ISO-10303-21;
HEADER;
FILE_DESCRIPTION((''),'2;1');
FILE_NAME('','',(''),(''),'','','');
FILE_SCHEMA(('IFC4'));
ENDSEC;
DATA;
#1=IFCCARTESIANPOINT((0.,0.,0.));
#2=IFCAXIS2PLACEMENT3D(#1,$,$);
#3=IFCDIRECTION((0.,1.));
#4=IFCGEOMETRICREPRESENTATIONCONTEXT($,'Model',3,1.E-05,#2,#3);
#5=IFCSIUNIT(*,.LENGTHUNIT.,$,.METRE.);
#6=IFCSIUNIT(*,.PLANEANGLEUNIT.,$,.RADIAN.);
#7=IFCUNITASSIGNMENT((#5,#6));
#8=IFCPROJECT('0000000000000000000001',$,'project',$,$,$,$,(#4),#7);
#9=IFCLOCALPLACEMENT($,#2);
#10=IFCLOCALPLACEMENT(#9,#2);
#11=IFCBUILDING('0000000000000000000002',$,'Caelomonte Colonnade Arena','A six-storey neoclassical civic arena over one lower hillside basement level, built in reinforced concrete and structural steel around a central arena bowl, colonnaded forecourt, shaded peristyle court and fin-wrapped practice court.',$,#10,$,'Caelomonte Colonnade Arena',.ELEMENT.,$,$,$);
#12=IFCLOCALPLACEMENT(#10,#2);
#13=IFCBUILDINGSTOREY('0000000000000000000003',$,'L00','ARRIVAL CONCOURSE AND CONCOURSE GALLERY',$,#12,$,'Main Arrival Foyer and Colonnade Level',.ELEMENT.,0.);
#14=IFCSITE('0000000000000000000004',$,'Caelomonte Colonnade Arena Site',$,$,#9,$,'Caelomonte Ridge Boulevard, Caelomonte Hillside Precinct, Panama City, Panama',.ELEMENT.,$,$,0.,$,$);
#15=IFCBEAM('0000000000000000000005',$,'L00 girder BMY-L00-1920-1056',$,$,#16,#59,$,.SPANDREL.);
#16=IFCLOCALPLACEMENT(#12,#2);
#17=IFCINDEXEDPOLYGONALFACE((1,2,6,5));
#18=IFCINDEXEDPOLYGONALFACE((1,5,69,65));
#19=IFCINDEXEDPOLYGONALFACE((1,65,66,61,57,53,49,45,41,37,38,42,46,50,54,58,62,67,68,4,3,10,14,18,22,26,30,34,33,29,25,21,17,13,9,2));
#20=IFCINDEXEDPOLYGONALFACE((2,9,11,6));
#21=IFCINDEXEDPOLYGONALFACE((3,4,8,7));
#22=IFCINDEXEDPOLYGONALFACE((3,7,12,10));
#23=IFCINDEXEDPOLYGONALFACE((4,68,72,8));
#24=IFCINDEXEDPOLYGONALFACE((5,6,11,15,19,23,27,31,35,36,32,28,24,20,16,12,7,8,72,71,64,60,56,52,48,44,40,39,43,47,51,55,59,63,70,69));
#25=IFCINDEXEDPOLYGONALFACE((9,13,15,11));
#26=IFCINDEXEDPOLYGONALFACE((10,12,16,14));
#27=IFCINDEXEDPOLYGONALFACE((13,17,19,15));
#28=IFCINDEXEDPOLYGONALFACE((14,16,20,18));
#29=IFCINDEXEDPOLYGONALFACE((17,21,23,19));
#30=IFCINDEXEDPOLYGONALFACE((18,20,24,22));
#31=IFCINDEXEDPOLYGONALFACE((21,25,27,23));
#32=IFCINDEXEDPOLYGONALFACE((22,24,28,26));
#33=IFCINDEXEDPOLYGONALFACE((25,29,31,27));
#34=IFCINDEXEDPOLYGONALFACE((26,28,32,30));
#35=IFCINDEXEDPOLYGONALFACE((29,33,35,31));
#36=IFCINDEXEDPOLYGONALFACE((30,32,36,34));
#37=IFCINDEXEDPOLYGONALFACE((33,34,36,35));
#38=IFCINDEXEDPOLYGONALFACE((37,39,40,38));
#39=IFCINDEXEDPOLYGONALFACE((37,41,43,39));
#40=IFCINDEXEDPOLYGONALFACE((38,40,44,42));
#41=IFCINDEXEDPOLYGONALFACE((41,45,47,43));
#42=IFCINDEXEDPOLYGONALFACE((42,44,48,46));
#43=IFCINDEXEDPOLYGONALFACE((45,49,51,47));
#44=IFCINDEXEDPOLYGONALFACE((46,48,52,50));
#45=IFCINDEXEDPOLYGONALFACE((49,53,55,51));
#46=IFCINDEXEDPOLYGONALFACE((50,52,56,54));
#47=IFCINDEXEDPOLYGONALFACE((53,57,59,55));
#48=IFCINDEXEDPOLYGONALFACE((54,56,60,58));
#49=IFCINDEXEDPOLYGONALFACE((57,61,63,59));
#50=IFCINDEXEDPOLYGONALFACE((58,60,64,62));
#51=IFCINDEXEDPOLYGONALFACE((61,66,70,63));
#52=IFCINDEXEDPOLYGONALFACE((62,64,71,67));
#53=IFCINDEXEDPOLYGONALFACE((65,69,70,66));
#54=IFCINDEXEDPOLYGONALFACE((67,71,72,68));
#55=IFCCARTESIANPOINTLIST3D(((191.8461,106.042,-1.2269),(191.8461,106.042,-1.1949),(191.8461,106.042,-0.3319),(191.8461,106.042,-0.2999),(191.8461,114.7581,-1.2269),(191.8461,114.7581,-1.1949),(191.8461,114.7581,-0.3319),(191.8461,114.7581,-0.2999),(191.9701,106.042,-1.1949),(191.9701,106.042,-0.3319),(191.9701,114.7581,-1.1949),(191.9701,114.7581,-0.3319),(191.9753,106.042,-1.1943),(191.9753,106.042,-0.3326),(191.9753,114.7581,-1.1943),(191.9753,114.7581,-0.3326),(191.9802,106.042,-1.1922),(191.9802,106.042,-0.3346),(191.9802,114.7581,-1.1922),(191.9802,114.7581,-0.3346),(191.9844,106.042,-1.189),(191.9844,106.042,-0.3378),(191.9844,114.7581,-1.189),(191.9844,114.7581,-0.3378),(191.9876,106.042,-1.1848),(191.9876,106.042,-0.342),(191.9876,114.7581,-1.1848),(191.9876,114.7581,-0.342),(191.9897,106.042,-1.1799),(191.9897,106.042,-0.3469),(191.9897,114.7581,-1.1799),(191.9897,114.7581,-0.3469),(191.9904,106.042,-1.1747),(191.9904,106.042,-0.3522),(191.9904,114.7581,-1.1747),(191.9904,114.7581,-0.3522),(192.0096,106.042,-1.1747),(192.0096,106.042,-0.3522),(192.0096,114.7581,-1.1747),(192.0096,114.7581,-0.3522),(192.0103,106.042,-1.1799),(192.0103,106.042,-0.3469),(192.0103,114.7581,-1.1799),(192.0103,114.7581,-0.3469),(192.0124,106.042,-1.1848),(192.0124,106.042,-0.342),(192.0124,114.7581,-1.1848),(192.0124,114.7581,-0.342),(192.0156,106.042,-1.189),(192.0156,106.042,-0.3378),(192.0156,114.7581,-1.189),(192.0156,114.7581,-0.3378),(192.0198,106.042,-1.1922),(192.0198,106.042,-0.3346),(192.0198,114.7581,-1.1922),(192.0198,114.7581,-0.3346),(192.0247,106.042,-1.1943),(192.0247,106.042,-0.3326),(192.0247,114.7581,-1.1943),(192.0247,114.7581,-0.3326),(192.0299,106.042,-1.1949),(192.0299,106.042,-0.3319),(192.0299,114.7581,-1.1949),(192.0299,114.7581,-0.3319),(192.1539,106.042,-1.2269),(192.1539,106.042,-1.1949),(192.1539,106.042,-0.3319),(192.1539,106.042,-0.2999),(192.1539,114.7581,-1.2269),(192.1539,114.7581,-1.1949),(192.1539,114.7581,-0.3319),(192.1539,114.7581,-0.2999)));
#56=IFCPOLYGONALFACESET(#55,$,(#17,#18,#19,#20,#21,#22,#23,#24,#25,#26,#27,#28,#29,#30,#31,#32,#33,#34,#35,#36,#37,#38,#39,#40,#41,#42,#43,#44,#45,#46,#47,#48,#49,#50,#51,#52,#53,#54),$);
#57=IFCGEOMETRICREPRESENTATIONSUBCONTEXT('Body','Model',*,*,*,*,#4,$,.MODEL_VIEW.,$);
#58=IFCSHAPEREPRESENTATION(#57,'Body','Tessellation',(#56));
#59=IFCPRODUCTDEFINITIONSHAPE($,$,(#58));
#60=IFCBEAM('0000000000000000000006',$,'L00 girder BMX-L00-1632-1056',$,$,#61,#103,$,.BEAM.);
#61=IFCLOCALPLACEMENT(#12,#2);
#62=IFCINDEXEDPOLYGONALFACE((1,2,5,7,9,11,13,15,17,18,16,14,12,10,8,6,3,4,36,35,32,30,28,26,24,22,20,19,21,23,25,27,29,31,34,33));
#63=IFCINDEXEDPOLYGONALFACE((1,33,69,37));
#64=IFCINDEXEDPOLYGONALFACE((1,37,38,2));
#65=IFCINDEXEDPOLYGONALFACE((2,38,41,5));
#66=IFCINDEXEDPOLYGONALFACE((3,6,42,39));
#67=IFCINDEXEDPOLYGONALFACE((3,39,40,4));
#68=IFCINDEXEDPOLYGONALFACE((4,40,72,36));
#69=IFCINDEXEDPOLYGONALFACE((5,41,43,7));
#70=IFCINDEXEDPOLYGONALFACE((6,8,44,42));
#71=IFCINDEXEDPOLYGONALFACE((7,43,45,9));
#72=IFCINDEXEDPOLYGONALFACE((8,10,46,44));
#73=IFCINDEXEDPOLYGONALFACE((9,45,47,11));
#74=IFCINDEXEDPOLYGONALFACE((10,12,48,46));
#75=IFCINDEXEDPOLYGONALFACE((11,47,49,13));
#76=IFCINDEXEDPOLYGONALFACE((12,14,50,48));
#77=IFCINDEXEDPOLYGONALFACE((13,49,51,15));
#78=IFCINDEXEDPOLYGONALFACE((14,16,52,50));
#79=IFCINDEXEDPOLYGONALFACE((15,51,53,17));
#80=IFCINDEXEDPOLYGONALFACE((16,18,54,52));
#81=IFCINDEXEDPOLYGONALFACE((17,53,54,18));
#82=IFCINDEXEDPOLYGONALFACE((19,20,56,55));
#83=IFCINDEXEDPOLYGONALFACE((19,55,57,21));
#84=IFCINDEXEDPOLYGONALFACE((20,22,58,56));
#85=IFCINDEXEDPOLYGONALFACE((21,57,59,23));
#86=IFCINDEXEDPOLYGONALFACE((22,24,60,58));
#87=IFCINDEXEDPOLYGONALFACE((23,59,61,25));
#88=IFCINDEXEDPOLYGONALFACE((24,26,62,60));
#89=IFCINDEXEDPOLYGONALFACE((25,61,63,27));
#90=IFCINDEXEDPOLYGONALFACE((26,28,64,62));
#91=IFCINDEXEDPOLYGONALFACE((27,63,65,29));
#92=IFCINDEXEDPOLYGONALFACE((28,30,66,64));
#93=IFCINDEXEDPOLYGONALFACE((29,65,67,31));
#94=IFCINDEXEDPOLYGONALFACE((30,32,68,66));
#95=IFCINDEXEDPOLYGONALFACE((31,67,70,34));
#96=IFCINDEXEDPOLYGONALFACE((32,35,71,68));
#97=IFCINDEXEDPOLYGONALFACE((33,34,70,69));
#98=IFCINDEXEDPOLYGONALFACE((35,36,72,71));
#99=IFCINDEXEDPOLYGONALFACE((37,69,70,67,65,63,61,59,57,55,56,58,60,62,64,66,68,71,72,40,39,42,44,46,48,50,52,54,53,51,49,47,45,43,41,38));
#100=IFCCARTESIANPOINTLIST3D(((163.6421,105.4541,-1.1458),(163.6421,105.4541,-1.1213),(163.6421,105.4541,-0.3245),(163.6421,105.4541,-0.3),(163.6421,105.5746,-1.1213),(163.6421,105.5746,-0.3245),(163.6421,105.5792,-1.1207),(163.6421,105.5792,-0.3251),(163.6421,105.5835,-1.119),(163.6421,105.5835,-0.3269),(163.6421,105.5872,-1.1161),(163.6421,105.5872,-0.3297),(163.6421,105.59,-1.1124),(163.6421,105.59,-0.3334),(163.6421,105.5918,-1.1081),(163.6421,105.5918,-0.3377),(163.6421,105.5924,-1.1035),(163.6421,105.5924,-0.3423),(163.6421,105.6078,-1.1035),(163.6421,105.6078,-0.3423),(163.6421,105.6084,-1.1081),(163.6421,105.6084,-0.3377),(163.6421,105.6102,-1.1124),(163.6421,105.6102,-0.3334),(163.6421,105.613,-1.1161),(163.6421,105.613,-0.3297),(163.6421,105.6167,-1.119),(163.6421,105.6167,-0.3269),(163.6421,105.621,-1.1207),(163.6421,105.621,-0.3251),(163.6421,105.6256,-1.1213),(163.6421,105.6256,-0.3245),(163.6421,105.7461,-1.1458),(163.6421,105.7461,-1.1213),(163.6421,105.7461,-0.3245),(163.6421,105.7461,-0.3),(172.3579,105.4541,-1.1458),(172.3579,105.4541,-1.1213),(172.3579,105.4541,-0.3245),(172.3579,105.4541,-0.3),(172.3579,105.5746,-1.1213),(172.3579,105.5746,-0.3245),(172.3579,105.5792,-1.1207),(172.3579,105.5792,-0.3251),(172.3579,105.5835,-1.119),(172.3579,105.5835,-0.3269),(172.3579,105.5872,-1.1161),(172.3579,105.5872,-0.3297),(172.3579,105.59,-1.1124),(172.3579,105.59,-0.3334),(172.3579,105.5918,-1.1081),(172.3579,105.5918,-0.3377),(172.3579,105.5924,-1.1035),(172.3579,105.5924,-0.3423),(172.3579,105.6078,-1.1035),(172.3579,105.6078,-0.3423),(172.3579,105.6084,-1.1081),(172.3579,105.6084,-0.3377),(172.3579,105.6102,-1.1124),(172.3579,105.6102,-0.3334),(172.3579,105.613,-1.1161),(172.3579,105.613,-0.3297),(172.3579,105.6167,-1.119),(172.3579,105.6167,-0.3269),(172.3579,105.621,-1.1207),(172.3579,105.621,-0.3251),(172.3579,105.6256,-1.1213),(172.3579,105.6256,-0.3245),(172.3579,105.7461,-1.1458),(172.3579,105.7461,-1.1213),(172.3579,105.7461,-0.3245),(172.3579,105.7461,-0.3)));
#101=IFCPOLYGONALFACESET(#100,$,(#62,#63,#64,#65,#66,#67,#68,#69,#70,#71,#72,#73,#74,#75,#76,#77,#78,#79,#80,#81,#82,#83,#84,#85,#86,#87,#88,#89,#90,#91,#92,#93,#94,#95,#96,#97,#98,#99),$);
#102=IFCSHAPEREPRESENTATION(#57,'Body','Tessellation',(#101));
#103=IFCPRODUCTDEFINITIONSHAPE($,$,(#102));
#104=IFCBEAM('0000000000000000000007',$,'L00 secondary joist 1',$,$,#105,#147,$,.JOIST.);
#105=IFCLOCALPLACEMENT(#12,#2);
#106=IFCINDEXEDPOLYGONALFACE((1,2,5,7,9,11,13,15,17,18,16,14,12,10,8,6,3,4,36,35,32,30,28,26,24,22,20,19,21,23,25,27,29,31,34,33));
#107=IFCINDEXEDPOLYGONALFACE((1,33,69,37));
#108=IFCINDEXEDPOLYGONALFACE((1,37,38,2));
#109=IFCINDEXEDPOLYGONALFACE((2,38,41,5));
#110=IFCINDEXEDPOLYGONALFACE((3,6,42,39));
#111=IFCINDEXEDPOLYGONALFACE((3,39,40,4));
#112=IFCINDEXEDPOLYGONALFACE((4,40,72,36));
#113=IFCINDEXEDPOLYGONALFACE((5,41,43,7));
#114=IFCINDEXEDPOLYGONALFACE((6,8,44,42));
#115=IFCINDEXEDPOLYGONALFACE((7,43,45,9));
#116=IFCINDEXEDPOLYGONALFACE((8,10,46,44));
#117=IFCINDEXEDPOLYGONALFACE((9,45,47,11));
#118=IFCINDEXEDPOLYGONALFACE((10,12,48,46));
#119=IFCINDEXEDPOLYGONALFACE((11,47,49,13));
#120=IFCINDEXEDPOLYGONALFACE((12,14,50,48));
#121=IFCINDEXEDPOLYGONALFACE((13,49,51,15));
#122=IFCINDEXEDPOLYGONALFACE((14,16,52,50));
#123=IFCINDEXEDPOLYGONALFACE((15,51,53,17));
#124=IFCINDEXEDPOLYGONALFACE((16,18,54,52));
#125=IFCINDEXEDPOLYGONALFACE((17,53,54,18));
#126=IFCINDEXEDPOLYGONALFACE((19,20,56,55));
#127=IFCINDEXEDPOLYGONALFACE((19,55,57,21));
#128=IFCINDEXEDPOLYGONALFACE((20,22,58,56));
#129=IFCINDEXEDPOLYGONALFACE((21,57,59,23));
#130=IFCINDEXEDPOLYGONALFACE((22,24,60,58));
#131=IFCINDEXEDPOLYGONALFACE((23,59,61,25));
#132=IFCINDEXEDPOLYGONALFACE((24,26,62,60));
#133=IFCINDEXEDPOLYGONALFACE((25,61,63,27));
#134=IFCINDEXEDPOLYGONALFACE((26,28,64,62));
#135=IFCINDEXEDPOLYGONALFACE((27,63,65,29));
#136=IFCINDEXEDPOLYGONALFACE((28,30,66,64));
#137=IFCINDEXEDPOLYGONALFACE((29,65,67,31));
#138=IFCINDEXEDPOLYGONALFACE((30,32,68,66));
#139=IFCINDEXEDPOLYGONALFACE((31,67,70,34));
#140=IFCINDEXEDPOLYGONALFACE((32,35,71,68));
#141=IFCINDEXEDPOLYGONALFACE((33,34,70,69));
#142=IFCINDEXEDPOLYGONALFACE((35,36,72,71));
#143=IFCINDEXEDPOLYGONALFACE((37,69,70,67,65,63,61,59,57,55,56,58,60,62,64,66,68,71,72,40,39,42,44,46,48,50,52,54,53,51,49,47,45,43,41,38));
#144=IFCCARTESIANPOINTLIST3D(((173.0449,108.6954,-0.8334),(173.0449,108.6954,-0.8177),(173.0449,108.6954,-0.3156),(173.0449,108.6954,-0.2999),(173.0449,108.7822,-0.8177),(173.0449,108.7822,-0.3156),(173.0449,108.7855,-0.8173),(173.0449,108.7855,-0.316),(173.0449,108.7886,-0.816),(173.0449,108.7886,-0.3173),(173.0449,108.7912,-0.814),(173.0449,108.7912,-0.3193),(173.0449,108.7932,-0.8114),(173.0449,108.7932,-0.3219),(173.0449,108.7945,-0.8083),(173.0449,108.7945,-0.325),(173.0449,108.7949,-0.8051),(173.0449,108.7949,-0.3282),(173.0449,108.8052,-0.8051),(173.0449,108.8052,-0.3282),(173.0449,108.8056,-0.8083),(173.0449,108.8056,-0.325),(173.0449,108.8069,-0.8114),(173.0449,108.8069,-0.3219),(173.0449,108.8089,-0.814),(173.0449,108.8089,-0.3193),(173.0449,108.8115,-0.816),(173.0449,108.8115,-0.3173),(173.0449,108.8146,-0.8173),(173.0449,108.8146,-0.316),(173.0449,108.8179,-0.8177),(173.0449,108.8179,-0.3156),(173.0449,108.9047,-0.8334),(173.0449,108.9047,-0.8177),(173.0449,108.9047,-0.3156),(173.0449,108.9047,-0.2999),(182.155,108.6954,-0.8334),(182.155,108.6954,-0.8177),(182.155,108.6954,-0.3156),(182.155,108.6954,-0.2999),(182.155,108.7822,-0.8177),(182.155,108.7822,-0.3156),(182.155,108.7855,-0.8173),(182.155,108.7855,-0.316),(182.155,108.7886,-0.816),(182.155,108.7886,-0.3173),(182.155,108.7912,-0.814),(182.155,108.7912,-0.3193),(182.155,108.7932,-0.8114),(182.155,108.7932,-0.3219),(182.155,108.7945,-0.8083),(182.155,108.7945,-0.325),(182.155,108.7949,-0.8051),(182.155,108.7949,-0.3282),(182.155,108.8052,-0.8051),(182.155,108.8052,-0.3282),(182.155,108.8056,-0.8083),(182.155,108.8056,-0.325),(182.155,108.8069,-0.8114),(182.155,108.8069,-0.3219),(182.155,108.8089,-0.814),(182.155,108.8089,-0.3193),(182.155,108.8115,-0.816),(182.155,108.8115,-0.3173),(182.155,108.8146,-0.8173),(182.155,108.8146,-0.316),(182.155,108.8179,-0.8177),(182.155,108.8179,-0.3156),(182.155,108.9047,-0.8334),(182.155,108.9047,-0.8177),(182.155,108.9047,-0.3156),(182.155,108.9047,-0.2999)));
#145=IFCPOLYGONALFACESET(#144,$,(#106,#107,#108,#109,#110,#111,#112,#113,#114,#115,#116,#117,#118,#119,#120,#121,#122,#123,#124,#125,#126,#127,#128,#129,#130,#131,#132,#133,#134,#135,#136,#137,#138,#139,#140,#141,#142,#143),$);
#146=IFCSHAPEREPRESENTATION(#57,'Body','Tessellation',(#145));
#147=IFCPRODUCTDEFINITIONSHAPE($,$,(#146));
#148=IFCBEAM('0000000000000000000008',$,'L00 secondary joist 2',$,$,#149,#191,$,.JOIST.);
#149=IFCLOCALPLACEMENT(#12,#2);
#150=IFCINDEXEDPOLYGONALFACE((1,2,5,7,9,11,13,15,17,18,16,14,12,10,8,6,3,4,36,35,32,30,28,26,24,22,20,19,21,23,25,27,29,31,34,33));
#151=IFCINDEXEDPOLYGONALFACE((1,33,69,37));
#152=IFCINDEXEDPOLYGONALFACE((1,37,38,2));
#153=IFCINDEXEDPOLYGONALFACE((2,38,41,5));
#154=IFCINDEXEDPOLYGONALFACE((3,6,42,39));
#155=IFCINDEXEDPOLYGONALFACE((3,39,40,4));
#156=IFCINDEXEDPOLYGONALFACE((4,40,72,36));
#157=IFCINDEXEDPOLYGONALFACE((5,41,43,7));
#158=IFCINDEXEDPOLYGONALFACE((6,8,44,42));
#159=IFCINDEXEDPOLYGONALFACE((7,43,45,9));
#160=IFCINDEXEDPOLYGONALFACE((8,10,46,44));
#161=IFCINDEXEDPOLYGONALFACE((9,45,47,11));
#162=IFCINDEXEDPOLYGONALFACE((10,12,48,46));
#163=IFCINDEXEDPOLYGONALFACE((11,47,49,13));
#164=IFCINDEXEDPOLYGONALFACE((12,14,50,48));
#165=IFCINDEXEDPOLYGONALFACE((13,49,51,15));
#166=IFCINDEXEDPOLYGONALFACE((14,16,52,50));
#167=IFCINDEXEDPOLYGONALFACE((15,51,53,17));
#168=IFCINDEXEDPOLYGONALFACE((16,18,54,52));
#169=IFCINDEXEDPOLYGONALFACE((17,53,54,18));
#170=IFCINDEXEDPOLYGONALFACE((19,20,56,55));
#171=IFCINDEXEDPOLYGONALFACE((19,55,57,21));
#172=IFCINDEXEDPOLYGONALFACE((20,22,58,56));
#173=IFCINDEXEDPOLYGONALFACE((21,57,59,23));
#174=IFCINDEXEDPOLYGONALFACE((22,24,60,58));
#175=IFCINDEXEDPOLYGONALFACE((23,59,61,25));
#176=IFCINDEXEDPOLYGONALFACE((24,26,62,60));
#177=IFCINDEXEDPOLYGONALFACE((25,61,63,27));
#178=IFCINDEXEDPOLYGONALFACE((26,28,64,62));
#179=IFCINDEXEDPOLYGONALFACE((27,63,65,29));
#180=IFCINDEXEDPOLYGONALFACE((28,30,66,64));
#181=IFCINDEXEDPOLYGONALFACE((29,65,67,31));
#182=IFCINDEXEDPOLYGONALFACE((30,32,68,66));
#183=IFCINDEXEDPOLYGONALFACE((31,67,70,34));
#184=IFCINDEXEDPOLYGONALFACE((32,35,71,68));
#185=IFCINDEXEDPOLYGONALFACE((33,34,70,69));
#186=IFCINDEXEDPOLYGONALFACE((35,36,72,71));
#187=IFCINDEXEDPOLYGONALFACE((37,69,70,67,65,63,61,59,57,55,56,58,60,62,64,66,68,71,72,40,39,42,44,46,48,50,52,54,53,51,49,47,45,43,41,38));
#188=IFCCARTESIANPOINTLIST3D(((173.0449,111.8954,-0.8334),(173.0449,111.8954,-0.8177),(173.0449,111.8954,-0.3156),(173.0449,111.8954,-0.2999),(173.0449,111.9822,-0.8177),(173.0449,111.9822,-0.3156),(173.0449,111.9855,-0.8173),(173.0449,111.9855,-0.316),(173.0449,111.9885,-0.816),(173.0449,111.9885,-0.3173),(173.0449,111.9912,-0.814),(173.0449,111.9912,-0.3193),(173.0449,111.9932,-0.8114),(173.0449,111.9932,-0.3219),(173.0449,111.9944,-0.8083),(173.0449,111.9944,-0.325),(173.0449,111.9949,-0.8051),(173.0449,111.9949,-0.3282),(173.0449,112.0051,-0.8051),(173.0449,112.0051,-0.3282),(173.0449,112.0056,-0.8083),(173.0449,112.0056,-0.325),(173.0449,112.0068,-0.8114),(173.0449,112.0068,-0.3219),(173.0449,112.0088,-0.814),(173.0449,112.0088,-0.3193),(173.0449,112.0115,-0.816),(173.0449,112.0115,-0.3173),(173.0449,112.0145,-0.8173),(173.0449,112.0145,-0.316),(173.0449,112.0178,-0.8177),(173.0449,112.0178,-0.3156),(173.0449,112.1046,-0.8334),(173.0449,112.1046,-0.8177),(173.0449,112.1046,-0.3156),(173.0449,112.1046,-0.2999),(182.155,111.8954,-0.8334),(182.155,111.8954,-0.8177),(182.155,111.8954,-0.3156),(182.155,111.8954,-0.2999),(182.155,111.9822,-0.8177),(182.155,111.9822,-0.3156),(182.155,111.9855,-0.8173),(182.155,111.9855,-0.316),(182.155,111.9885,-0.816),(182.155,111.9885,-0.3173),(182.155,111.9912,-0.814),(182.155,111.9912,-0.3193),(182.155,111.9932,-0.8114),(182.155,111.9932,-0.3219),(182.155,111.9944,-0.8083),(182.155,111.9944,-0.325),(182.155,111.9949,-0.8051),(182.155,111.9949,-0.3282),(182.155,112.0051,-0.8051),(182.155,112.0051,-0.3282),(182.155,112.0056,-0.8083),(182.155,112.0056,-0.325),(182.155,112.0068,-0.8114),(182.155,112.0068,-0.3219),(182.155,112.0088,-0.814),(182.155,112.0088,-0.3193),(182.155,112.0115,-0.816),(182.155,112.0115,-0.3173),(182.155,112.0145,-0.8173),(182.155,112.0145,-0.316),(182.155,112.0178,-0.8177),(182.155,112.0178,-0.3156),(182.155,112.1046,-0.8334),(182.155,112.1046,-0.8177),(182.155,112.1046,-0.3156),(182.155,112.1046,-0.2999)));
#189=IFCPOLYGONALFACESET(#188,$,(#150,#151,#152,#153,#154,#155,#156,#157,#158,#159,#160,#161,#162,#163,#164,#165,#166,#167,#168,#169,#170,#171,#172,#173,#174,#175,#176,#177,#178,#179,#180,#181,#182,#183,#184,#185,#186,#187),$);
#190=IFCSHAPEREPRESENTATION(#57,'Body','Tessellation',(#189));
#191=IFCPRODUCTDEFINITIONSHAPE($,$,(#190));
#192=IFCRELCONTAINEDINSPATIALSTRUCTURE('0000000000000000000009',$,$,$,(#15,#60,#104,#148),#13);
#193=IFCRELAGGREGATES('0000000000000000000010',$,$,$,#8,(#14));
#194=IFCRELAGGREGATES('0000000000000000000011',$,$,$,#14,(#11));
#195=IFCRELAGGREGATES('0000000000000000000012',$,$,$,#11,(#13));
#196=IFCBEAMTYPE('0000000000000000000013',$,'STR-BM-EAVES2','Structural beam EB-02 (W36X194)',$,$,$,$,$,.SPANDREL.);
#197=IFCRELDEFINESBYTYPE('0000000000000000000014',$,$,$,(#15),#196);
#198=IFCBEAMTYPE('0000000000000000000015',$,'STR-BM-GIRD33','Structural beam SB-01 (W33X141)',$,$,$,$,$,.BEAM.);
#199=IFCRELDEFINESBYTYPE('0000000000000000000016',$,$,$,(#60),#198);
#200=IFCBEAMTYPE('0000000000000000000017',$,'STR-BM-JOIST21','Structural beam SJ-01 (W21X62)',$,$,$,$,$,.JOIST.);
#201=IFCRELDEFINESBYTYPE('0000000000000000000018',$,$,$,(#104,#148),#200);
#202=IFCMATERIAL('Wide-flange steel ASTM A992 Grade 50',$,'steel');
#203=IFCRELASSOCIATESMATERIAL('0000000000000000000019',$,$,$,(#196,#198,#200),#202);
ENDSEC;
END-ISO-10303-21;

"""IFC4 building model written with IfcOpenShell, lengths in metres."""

from ifc_helpers import new_model, si_unit, direction, frame, origin, origin_2d, place, context, subcontext, project, spatial, i_section, extrude, material, material_profile, profile_set, type_object, element, save


model = new_model("IFC4")

# Units and contexts
model_context = context("Model", 3, precision=1e-05, world=origin(), true_north=direction((0.0, 1.0)))
body_context = subcontext(model_context, "Body", "Model", "MODEL_VIEW")
ifc_project = project(units=[si_unit("LENGTHUNIT", "METRE"), si_unit("PLANEANGLEUNIT", "RADIAN")], contexts=[model_context])

# Site, building, storey
site_placement = place(None, origin())
site = spatial("IfcSite", under=ifc_project, at=site_placement, Name="Caelomonte Colonnade Arena Site", LongName="Caelomonte Ridge Boulevard, Caelomonte Hillside Precinct, Panama City, Panama", CompositionType="ELEMENT", RefElevation=0.0)
building_placement = place(site_placement, origin())
building = spatial("IfcBuilding", under=site, at=building_placement, Name="Caelomonte Colonnade Arena", Description="A six-storey neoclassical civic arena over one lower hillside basement level, built in reinforced concrete and structural steel around a central arena bowl, colonnaded forecourt, shaded peristyle court and fin-wrapped practice court.", LongName="Caelomonte Colonnade Arena", CompositionType="ELEMENT")
storey_placement = place(building_placement, origin())
storey = spatial("IfcBuildingStorey", under=building, at=storey_placement, Name="L00", Description="ARRIVAL CONCOURSE AND CONCOURSE GALLERY", LongName="Main Arrival Foyer and Colonnade Level", CompositionType="ELEMENT", Elevation=0.0)

# Beams
ifc_material_1 = material(Name="Wide-flange steel ASTM A992 Grade 50", Category="steel")
ifc_material_profile_1 = material_profile(ifc_material_1, i_section(OverallWidth=0.3079, OverallDepth=0.927, WebThickness=0.0193, FlangeThickness=0.032, FilletRadius=0.0203, at=origin_2d()), Name="W36X194")
ifc_profile_set_1 = profile_set([ifc_material_profile_1], Name="Wide-flange steel ASTM A992 Grade 50")
beam_type_1 = type_object("IfcBeamType", Name="STR-BM-EAVES2", Description="Structural beam EB-02 (W36X194)", PredefinedType="SPANDREL", material=ifc_profile_set_1)
beam_1_placement = place(storey_placement, frame((192.0, 106.042, -0.7634), z_axis=(0.0, 1.0, 0.0), x_axis=(-1.0, 0.0, 0.0)))
element("IfcBeam", 1, at=beam_1_placement, inside=storey, type_object=beam_type_1, Name="L00 girder BMY-L00-1920-1056", PredefinedType="SPANDREL", context=body_context, shape_type="SweptSolid", body=[
    extrude(i_section(OverallWidth=0.3079, OverallDepth=0.927, WebThickness=0.0193, FlangeThickness=0.032, FilletRadius=0.0203, at=origin_2d()), origin(), (0.0, 0.0, 1.0), 8.7161),
])
ifc_material_profile_2 = material_profile(ifc_material_1, i_section(OverallWidth=0.292, OverallDepth=0.8457, WebThickness=0.0154, FlangeThickness=0.0244, FilletRadius=0.0178, at=origin_2d()), Name="W33X141")
ifc_profile_set_2 = profile_set([ifc_material_profile_2], Name="Wide-flange steel ASTM A992 Grade 50")
beam_type_2 = type_object("IfcBeamType", Name="STR-BM-GIRD33", Description="Structural beam SB-01 (W33X141)", PredefinedType="BEAM", material=ifc_profile_set_2)
beam_2_placement = place(storey_placement, frame((163.6421, 105.6001, -0.7229), z_axis=(1.0, 0.0, 0.0), x_axis=(0.0, 1.0, 0.0)))
element("IfcBeam", 2, at=beam_2_placement, inside=storey, type_object=beam_type_2, Name="L00 girder BMX-L00-1632-1056", PredefinedType="BEAM", context=body_context, shape_type="SweptSolid", body=[
    extrude(i_section(OverallWidth=0.292, OverallDepth=0.8457, WebThickness=0.0154, FlangeThickness=0.0244, FilletRadius=0.0178, at=origin_2d()), origin(), (0.0, 0.0, 1.0), 8.7158),
])
ifc_material_profile_3 = material_profile(ifc_material_1, i_section(OverallWidth=0.2092, OverallDepth=0.5334, WebThickness=0.0103, FlangeThickness=0.0156, FilletRadius=0.0127, at=origin_2d()), Name="W21X62")
ifc_profile_set_3 = profile_set([ifc_material_profile_3], Name="Wide-flange steel ASTM A992 Grade 50")
beam_type_3 = type_object("IfcBeamType", Name="STR-BM-JOIST21", Description="Structural beam SJ-01 (W21X62)", PredefinedType="JOIST", material=ifc_profile_set_3)
for number, where, z_axis, x_axis, name in (
    (3, (173.0449, 108.8, -0.5667), (1.0, 0.0, 0.0), (0.0, 1.0, 0.0), "L00 secondary joist 1"),
    (4, (173.0449, 112.0, -0.5667), (1.0, 0.0, 0.0), (0.0, 1.0, 0.0), "L00 secondary joist 2"),
):
    element("IfcBeam", number, at=place(storey_placement, frame(where, z_axis=z_axis, x_axis=x_axis)), inside=storey, type_object=beam_type_3, Name=name, PredefinedType="JOIST", context=body_context, shape_type="SweptSolid", body=[
        extrude(i_section(OverallWidth=0.2092, OverallDepth=0.5334, WebThickness=0.0103, FlangeThickness=0.0156, FilletRadius=0.0127, at=origin_2d()), origin(), (0.0, 0.0, 1.0), 9.1101),
    ])

save(model, "model.ifc")
